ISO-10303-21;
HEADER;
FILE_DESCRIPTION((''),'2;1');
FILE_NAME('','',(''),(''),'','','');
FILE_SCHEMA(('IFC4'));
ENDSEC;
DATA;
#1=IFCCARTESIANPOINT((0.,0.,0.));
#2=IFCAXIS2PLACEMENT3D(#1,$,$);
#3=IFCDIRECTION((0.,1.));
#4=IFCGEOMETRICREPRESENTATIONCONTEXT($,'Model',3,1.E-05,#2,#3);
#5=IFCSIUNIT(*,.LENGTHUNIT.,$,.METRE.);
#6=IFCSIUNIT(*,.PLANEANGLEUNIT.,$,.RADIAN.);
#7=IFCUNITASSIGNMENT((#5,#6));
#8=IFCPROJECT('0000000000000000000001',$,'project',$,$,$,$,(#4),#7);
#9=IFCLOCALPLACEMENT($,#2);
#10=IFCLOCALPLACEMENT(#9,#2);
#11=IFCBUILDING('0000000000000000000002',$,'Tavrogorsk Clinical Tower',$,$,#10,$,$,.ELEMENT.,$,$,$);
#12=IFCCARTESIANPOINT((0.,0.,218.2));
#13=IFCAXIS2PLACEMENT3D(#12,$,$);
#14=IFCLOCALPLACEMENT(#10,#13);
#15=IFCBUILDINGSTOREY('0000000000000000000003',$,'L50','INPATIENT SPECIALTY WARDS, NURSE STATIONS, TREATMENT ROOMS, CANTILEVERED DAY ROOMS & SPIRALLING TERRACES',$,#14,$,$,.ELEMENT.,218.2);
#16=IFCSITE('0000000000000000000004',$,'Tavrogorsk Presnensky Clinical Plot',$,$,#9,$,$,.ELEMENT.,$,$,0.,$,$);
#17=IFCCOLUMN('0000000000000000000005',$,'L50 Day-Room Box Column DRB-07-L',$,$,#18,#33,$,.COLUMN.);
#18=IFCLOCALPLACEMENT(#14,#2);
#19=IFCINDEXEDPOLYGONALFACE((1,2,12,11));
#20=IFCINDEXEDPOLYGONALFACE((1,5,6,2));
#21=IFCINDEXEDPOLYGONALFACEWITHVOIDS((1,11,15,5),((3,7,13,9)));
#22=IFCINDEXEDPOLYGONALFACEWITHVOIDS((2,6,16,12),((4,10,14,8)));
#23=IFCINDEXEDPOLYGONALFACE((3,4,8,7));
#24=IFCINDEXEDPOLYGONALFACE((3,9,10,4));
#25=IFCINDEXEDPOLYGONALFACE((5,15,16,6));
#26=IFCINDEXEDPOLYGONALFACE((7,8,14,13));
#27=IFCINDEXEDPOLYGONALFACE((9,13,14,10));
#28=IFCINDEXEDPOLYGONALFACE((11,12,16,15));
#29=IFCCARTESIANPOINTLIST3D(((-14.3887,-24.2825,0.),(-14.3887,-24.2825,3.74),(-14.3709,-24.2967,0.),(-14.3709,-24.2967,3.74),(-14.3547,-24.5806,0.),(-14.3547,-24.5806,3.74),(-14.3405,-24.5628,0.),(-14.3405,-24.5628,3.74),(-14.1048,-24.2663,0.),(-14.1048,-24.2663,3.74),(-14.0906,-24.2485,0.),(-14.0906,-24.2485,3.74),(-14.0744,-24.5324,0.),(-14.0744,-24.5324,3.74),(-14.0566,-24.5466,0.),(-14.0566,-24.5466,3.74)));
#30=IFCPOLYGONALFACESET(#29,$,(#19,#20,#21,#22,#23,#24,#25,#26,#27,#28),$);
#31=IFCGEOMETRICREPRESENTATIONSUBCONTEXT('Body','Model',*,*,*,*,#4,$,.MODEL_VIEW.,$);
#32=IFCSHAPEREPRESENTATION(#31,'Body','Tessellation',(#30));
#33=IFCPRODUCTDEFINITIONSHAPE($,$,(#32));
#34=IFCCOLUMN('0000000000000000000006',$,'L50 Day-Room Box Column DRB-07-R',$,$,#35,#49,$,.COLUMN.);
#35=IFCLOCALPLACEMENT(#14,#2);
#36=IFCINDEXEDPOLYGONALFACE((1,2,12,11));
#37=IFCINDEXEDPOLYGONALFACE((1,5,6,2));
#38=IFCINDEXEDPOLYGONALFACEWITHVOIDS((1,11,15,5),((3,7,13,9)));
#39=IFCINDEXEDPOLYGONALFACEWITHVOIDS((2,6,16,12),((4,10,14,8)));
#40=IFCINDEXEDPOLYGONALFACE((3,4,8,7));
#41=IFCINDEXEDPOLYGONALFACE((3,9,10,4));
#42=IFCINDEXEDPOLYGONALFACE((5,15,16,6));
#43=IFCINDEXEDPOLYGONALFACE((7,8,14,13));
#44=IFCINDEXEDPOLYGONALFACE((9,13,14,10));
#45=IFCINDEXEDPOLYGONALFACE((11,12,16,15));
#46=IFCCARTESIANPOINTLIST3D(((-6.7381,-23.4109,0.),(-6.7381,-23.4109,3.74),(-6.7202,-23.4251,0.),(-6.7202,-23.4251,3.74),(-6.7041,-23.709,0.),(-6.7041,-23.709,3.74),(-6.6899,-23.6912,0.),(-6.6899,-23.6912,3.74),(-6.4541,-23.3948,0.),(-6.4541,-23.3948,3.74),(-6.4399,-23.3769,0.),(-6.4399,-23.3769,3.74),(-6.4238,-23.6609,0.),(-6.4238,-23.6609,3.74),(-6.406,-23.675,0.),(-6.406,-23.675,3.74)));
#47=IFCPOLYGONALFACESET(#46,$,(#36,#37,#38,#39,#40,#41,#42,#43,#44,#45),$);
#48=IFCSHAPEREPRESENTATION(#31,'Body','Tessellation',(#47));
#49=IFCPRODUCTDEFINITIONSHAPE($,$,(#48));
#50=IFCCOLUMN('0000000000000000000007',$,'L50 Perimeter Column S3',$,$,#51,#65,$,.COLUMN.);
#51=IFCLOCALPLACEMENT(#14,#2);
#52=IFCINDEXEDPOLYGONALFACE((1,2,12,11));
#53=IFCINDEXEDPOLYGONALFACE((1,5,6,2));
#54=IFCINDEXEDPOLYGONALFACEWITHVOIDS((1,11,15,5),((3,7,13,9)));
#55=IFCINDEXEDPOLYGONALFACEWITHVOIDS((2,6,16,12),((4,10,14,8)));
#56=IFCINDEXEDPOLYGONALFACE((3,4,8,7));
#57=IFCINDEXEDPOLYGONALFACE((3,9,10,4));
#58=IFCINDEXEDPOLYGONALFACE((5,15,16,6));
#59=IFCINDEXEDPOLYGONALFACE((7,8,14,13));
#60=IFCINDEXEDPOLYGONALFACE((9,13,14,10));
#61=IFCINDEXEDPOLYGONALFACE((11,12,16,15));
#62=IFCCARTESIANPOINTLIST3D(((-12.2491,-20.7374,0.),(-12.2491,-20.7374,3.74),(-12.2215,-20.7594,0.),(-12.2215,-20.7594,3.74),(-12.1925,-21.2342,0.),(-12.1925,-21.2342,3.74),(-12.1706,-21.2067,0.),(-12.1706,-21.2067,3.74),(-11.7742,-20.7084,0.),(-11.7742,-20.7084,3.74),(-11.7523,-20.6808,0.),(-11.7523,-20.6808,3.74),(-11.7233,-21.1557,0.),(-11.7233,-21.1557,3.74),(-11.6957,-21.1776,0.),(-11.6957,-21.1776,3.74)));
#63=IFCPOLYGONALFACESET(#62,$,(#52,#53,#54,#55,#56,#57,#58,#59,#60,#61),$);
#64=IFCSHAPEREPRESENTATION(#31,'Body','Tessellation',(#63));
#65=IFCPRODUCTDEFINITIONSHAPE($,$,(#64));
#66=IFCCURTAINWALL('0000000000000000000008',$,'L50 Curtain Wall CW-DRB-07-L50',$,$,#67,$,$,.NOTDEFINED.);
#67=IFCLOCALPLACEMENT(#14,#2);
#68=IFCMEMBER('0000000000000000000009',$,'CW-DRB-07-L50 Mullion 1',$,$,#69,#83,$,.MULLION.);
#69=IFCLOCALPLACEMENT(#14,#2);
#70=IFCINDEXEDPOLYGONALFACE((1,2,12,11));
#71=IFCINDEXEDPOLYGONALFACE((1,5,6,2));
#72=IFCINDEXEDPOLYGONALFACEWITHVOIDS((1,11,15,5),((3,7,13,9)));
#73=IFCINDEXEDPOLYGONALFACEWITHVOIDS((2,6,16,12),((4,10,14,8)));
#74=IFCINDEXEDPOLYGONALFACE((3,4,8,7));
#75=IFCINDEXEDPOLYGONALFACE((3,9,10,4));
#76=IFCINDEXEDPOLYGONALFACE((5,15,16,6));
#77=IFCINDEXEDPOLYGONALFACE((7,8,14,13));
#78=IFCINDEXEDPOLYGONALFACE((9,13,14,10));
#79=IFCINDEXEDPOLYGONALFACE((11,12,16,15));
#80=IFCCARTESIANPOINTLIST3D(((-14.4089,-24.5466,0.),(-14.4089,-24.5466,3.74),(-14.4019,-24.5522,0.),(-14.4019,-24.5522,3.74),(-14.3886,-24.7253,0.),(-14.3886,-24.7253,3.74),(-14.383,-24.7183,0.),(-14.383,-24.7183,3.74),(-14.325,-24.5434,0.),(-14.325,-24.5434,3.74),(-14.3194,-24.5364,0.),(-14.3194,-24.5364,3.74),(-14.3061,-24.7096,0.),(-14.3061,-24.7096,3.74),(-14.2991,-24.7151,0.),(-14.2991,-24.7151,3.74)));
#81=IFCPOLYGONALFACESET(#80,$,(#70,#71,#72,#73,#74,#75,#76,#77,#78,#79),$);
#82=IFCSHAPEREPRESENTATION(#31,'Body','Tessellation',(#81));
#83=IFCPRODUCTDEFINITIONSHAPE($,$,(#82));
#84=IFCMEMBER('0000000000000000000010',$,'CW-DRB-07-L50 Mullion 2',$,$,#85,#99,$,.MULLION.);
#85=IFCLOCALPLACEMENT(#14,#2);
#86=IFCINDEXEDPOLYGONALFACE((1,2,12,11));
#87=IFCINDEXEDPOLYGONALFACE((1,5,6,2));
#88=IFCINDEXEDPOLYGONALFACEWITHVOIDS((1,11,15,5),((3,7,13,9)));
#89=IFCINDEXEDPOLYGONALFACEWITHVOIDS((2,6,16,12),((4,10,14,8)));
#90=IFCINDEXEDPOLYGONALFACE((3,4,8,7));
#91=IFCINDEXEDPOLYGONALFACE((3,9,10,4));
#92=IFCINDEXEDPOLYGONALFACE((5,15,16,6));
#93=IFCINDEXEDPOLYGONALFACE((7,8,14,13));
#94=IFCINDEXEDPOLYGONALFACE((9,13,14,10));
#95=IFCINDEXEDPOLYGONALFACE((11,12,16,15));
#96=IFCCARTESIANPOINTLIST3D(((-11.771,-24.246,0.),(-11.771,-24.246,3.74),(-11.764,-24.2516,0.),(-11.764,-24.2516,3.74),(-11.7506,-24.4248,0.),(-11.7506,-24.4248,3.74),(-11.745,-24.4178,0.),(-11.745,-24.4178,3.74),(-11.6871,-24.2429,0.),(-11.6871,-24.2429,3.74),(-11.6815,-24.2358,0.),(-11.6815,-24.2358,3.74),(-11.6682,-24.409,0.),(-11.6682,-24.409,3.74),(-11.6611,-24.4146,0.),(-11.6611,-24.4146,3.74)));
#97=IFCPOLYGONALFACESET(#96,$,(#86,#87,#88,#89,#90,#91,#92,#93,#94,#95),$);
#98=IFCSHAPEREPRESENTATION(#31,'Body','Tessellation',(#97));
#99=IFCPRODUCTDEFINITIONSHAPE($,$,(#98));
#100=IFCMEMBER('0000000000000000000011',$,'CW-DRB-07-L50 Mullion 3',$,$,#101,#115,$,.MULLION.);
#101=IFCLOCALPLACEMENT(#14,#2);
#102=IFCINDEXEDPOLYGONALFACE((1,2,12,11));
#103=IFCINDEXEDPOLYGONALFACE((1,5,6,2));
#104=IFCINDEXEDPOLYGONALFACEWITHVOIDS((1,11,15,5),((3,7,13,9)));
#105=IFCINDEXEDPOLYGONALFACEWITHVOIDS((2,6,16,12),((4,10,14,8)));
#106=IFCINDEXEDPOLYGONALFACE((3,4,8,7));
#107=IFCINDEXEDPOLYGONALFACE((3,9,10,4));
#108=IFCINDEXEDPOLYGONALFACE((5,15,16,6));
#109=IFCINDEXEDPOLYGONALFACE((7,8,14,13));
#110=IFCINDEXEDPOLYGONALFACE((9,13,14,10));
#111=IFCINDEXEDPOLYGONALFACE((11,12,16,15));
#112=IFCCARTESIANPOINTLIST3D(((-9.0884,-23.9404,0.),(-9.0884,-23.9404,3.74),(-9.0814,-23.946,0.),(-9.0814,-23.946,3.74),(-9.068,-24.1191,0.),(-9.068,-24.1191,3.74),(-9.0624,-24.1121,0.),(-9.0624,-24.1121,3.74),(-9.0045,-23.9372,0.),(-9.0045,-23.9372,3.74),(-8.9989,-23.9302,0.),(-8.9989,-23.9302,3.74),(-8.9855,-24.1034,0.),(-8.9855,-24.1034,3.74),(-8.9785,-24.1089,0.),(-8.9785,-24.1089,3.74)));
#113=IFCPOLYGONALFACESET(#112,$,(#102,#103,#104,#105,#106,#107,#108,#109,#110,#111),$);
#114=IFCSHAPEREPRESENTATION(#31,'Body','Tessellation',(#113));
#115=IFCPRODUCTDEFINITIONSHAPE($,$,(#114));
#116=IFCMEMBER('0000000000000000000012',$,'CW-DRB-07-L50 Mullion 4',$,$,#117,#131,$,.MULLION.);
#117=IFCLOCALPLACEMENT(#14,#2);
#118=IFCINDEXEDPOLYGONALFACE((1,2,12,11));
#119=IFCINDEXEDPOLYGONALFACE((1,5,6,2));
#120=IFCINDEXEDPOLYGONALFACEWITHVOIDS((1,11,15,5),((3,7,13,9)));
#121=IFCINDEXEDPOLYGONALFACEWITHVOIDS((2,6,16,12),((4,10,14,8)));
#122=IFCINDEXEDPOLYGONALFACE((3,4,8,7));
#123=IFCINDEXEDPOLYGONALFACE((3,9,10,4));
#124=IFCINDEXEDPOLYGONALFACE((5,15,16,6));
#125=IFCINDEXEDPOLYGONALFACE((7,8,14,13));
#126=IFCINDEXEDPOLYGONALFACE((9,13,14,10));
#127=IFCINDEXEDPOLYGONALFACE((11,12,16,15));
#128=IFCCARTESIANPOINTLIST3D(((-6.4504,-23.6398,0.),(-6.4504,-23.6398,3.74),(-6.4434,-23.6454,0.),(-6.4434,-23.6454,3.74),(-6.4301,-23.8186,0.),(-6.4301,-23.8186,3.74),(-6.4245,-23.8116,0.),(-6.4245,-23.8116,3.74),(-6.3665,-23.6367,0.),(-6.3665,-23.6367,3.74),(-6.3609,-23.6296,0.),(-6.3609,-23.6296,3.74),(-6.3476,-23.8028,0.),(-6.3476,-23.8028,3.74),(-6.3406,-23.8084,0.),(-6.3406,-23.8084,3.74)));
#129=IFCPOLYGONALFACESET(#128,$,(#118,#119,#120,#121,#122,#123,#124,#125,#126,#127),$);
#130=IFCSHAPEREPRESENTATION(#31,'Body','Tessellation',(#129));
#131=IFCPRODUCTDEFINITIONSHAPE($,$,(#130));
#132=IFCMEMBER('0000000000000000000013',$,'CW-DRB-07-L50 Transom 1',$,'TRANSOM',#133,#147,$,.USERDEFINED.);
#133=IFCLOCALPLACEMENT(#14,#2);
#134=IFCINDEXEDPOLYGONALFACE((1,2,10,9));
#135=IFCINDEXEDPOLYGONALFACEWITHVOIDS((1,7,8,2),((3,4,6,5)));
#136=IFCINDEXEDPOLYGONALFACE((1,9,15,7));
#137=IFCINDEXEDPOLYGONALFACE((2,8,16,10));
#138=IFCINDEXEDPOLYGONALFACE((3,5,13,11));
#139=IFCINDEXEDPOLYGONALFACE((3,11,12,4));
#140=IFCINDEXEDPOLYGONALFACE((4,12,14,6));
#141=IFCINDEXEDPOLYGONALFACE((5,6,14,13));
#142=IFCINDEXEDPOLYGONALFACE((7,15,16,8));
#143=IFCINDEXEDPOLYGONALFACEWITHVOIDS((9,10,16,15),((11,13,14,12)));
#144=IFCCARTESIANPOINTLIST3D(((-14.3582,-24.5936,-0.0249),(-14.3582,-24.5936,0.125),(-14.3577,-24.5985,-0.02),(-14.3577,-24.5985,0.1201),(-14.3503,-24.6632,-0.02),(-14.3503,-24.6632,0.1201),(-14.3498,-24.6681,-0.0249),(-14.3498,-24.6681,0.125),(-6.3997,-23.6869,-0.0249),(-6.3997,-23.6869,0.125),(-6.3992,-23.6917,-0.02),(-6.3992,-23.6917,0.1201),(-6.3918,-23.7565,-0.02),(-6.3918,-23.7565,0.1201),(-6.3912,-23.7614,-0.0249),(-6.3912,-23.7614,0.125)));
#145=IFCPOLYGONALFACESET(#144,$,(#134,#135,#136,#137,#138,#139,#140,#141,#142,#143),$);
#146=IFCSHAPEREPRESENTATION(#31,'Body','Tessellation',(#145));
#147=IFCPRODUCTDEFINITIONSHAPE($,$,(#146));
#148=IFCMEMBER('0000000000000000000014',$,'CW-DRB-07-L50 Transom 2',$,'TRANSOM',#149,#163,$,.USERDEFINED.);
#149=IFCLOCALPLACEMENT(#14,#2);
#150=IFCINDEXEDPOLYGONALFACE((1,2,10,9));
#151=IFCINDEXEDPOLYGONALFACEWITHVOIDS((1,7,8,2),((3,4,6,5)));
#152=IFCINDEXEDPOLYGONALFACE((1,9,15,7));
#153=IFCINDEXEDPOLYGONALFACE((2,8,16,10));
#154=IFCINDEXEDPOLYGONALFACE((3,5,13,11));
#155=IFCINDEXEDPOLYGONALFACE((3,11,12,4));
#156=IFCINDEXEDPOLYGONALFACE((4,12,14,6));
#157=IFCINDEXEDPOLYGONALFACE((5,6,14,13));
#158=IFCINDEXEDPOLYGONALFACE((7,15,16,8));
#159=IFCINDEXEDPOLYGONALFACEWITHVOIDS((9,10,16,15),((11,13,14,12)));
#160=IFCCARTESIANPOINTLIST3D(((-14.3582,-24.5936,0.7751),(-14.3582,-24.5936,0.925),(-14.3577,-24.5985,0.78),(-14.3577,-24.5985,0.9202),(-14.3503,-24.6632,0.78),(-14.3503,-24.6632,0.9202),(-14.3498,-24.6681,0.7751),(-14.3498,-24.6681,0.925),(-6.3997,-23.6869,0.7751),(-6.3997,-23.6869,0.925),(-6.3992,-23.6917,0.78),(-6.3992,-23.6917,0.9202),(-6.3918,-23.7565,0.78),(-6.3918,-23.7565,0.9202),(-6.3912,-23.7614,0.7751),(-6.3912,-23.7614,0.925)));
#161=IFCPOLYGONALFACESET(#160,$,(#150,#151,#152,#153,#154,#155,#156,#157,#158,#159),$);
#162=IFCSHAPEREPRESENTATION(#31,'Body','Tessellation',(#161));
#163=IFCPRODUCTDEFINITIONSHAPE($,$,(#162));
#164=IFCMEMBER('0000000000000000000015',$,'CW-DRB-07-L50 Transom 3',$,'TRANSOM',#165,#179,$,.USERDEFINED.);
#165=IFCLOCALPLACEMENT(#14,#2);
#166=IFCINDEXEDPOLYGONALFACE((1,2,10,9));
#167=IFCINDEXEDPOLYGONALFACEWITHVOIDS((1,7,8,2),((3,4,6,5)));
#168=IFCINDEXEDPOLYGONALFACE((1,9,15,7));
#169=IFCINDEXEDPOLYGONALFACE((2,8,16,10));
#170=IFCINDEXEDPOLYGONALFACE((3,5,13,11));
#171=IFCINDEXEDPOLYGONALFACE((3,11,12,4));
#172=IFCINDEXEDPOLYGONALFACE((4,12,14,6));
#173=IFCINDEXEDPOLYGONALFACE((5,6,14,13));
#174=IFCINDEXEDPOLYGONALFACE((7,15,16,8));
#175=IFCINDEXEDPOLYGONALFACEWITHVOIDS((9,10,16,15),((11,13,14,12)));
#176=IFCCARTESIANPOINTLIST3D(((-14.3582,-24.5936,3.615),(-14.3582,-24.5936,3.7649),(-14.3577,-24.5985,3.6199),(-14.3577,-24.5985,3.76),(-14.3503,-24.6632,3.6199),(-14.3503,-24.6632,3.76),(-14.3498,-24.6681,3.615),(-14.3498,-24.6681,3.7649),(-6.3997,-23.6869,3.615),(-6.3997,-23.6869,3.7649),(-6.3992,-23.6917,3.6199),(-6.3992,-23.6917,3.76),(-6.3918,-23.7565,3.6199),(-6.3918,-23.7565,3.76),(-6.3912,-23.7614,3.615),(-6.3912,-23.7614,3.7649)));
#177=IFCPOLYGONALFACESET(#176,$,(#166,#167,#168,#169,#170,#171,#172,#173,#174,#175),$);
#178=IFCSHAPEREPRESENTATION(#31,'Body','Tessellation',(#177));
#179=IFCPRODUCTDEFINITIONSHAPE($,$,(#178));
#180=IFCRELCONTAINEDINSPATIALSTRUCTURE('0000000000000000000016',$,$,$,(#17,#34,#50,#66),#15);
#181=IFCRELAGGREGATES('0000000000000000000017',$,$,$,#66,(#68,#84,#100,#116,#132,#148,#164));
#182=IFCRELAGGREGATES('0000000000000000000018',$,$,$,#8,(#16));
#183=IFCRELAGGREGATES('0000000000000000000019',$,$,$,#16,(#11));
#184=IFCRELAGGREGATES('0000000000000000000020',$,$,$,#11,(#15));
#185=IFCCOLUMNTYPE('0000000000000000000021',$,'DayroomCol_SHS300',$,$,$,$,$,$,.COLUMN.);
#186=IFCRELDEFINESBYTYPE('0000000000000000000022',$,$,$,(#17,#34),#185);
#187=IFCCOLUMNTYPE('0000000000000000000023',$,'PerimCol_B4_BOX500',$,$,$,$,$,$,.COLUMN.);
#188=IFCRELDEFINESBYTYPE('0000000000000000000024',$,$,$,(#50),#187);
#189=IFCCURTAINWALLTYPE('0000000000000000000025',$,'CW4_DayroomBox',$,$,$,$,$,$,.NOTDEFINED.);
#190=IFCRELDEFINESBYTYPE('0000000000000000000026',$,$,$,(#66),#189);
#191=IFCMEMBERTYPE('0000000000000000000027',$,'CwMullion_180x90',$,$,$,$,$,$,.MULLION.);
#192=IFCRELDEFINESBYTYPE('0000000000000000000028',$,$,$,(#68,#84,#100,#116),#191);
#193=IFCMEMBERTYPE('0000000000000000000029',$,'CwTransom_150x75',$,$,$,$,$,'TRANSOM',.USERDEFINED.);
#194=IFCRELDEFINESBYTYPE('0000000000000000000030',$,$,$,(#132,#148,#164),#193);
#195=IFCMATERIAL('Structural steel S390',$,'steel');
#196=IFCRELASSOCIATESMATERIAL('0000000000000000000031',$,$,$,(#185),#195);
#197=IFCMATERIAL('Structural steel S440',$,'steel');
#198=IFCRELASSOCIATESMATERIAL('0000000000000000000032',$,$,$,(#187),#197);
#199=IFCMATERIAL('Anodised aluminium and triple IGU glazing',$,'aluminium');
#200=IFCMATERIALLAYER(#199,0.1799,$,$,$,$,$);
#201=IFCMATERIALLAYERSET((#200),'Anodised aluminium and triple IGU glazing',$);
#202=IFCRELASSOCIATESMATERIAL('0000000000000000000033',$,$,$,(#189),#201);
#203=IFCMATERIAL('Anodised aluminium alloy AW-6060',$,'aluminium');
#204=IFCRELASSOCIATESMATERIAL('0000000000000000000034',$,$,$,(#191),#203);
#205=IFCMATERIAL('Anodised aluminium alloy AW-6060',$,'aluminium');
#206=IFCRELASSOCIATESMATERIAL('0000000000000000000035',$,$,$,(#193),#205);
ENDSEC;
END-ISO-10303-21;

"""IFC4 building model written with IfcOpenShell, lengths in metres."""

from ifc_helpers import new_model, si_unit, direction, frame, origin, origin_2d, place, context, subcontext, project, spatial, hollow_rectangle, extrude, material, layer, layer_set, material_profile, profile_set, type_object, element, aggregate, save


model = new_model("IFC4")

# Units and contexts
model_context = context("Model", 3, precision=1e-05, world=origin(), true_north=direction((0.0, 1.0)))
body_context = subcontext(model_context, "Body", "Model", "MODEL_VIEW")
ifc_project = project(units=[si_unit("LENGTHUNIT", "METRE"), si_unit("PLANEANGLEUNIT", "RADIAN")], contexts=[model_context])

# Site, building, storey
site_placement = place(None, origin())
site = spatial("IfcSite", under=ifc_project, at=site_placement, Name="Tavrogorsk Presnensky Clinical Plot", CompositionType="ELEMENT", RefElevation=0.0)
building_placement = place(site_placement, origin())
building = spatial("IfcBuilding", under=site, at=building_placement, Name="Tavrogorsk Clinical Tower", CompositionType="ELEMENT")
storey_placement = place(building_placement, frame((0.0, 0.0, 218.2)))
storey = spatial("IfcBuildingStorey", under=building, at=storey_placement, Name="L50", Description="INPATIENT SPECIALTY WARDS, NURSE STATIONS, TREATMENT ROOMS, CANTILEVERED DAY ROOMS & SPIRALLING TERRACES", CompositionType="ELEMENT", Elevation=218.2)

# Columns
ifc_material_1 = material(Name="Structural steel S390", Category="steel")
ifc_material_profile_1 = material_profile(ifc_material_1, hollow_rectangle(XDim=0.3, YDim=0.3, WallThickness=0.0161, at=origin_2d()), Name="SHS-300x300x16")
ifc_profile_set_1 = profile_set([ifc_material_profile_1], Name="Structural steel S390")
column_type_1 = type_object("IfcColumnType", Name="DayroomCol_SHS300", PredefinedType="COLUMN", material=ifc_profile_set_1)
for number, where, z_axis, x_axis, name in (
    (1, (-14.2227, -24.4146, 0.0), (0.0, 0.0, 1.0), (0.993572, 0.113203, 0.0), "L50 Day-Room Box Column DRB-07-L"),
    (2, (-6.572, -23.543, 0.0), (0.0, 0.0, 1.0), (0.993572, 0.113203, 0.0), "L50 Day-Room Box Column DRB-07-R"),
):
    element("IfcColumn", number, at=place(storey_placement, frame(where, z_axis=z_axis, x_axis=x_axis)), inside=storey, type_object=column_type_1, Name=name, PredefinedType="COLUMN", context=body_context, shape_type="SweptSolid", body=[
        extrude(hollow_rectangle(XDim=0.3, YDim=0.3, WallThickness=0.0161, at=origin_2d()), origin(), (0.0, 0.0, 1.0), 3.74),
    ])
ifc_material_2 = material(Name="Structural steel S440", Category="steel")
ifc_material_profile_2 = material_profile(ifc_material_2, hollow_rectangle(XDim=0.5, YDim=0.5, WallThickness=0.0249, at=origin_2d()), Name="BOX-500x500x25")
ifc_profile_set_2 = profile_set([ifc_material_profile_2], Name="Structural steel S440")
column_type_2 = type_object("IfcColumnType", Name="PerimCol_B4_BOX500", PredefinedType="COLUMN", material=ifc_profile_set_2)
column_placement = place(storey_placement, frame((-11.9724, -20.9575, 0.0), z_axis=(0.0, 0.0, 1.0), x_axis=(0.993572, 0.113203, 0.0)))
element("IfcColumn", 3, at=column_placement, inside=storey, type_object=column_type_2, Name="L50 Perimeter Column S3", PredefinedType="COLUMN", context=body_context, shape_type="SweptSolid", body=[
    extrude(hollow_rectangle(XDim=0.5, YDim=0.5, WallThickness=0.0249, at=origin_2d()), origin(), (0.0, 0.0, 1.0), 3.74),
])

# Curtain wall, members
ifc_material_3 = material(Name="Anodised aluminium and triple IGU glazing", Category="aluminium")
ifc_layer_1 = layer(ifc_material_3, 0.1799)
ifc_layer_set_1 = layer_set([ifc_layer_1], Name="Anodised aluminium and triple IGU glazing")
curtain_wall_type = type_object("IfcCurtainWallType", Name="CW4_DayroomBox", PredefinedType="NOTDEFINED", material=ifc_layer_set_1)
curtain_wall_placement = place(storey_placement, origin())
curtain_wall = element("IfcCurtainWall", 4, at=curtain_wall_placement, inside=storey, type_object=curtain_wall_type, Name="L50 Curtain Wall CW-DRB-07-L50", PredefinedType="NOTDEFINED")
ifc_material_4 = material(Name="Anodised aluminium alloy AW-6060", Category="aluminium")
ifc_material_profile_3 = material_profile(ifc_material_4, hollow_rectangle(XDim=0.0901, YDim=0.1799, WallThickness=0.0063, at=origin_2d()), Name="RHS-180x90x6.3")
ifc_profile_set_3 = profile_set([ifc_material_profile_3], Name="Anodised aluminium alloy AW-6060")
member_type_1 = type_object("IfcMemberType", Name="CwMullion_180x90", PredefinedType="MULLION", material=ifc_profile_set_3)
member_1_placement = place(storey_placement, frame((-14.354, -24.6309, 0.0), z_axis=(0.0, 0.0, 1.0), x_axis=(0.993572, 0.113203, 0.0)))
member_1 = element("IfcMember", 5, at=member_1_placement, type_object=member_type_1, Name="CW-DRB-07-L50 Mullion 1", PredefinedType="MULLION", context=body_context, shape_type="SweptSolid", body=[
    extrude(hollow_rectangle(XDim=0.0901, YDim=0.1799, WallThickness=0.0063, at=origin_2d()), origin(), (0.0, 0.0, 1.0), 3.74),
])
member_2_placement = place(storey_placement, frame((-11.7161, -24.3303, 0.0), z_axis=(0.0, 0.0, 1.0), x_axis=(0.993572, 0.113203, 0.0)))
member_2 = element("IfcMember", 6, at=member_2_placement, type_object=member_type_1, Name="CW-DRB-07-L50 Mullion 2", PredefinedType="MULLION", context=body_context, shape_type="SweptSolid", body=[
    extrude(hollow_rectangle(XDim=0.0901, YDim=0.1799, WallThickness=0.0063, at=origin_2d()), origin(), (0.0, 0.0, 1.0), 3.74),
])
member_3_placement = place(storey_placement, frame((-9.0334, -24.0247, 0.0), z_axis=(0.0, 0.0, 1.0), x_axis=(0.993572, 0.113203, 0.0)))
member_3 = element("IfcMember", 7, at=member_3_placement, type_object=member_type_1, Name="CW-DRB-07-L50 Mullion 3", PredefinedType="MULLION", context=body_context, shape_type="SweptSolid", body=[
    extrude(hollow_rectangle(XDim=0.0901, YDim=0.1799, WallThickness=0.0063, at=origin_2d()), origin(), (0.0, 0.0, 1.0), 3.74),
])
member_4_placement = place(storey_placement, frame((-6.3955, -23.7241, 0.0), z_axis=(0.0, 0.0, 1.0), x_axis=(0.993572, 0.113203, 0.0)))
member_4 = element("IfcMember", 8, at=member_4_placement, type_object=member_type_1, Name="CW-DRB-07-L50 Mullion 4", PredefinedType="MULLION", context=body_context, shape_type="SweptSolid", body=[
    extrude(hollow_rectangle(XDim=0.0901, YDim=0.1799, WallThickness=0.0063, at=origin_2d()), origin(), (0.0, 0.0, 1.0), 3.74),
])
ifc_material_5 = material(Name="Anodised aluminium alloy AW-6060", Category="aluminium")
ifc_material_profile_4 = material_profile(ifc_material_5, hollow_rectangle(XDim=0.075, YDim=0.1499, WallThickness=0.0049, at=origin_2d()), Name="RHS-150x75x5")
ifc_profile_set_4 = profile_set([ifc_material_profile_4], Name="Anodised aluminium alloy AW-6060")
member_type_2 = type_object("IfcMemberType", Name="CwTransom_150x75", ElementType="TRANSOM", PredefinedType="USERDEFINED", material=ifc_profile_set_4)
member_5_placement = place(storey_placement, frame((-14.354, -24.6309, 0.05), z_axis=(0.993572, 0.113201, 0.0), x_axis=(-0.113201, 0.993572, 0.0)))
member_5 = element("IfcMember", 9, at=member_5_placement, type_object=member_type_2, Name="CW-DRB-07-L50 Transom 1", ObjectType="TRANSOM", PredefinedType="USERDEFINED", context=body_context, shape_type="SweptSolid", body=[
    extrude(hollow_rectangle(XDim=0.075, YDim=0.1499, WallThickness=0.0049, at=origin_2d()), origin(), (0.0, 0.0, 1.0), 8.01),
])
member_6_placement = place(storey_placement, frame((-14.354, -24.6309, 0.8501), z_axis=(0.993572, 0.113201, 0.0), x_axis=(-0.113201, 0.993572, 0.0)))
member_6 = element("IfcMember", 10, at=member_6_placement, type_object=member_type_2, Name="CW-DRB-07-L50 Transom 2", ObjectType="TRANSOM", PredefinedType="USERDEFINED", context=body_context, shape_type="SweptSolid", body=[
    extrude(hollow_rectangle(XDim=0.075, YDim=0.1499, WallThickness=0.0049, at=origin_2d()), origin(), (0.0, 0.0, 1.0), 8.01),
])
member_7_placement = place(storey_placement, frame((-14.354, -24.6309, 3.6899), z_axis=(0.993572, 0.113201, 0.0), x_axis=(-0.113201, 0.993572, 0.0)))
member_7 = element("IfcMember", 11, at=member_7_placement, type_object=member_type_2, Name="CW-DRB-07-L50 Transom 3", ObjectType="TRANSOM", PredefinedType="USERDEFINED", context=body_context, shape_type="SweptSolid", body=[
    extrude(hollow_rectangle(XDim=0.075, YDim=0.1499, WallThickness=0.0049, at=origin_2d()), origin(), (0.0, 0.0, 1.0), 8.01),
])

aggregate(curtain_wall, [member_1, member_2, member_3, member_4, member_5, member_6, member_7])

save(model, "model.ifc")
